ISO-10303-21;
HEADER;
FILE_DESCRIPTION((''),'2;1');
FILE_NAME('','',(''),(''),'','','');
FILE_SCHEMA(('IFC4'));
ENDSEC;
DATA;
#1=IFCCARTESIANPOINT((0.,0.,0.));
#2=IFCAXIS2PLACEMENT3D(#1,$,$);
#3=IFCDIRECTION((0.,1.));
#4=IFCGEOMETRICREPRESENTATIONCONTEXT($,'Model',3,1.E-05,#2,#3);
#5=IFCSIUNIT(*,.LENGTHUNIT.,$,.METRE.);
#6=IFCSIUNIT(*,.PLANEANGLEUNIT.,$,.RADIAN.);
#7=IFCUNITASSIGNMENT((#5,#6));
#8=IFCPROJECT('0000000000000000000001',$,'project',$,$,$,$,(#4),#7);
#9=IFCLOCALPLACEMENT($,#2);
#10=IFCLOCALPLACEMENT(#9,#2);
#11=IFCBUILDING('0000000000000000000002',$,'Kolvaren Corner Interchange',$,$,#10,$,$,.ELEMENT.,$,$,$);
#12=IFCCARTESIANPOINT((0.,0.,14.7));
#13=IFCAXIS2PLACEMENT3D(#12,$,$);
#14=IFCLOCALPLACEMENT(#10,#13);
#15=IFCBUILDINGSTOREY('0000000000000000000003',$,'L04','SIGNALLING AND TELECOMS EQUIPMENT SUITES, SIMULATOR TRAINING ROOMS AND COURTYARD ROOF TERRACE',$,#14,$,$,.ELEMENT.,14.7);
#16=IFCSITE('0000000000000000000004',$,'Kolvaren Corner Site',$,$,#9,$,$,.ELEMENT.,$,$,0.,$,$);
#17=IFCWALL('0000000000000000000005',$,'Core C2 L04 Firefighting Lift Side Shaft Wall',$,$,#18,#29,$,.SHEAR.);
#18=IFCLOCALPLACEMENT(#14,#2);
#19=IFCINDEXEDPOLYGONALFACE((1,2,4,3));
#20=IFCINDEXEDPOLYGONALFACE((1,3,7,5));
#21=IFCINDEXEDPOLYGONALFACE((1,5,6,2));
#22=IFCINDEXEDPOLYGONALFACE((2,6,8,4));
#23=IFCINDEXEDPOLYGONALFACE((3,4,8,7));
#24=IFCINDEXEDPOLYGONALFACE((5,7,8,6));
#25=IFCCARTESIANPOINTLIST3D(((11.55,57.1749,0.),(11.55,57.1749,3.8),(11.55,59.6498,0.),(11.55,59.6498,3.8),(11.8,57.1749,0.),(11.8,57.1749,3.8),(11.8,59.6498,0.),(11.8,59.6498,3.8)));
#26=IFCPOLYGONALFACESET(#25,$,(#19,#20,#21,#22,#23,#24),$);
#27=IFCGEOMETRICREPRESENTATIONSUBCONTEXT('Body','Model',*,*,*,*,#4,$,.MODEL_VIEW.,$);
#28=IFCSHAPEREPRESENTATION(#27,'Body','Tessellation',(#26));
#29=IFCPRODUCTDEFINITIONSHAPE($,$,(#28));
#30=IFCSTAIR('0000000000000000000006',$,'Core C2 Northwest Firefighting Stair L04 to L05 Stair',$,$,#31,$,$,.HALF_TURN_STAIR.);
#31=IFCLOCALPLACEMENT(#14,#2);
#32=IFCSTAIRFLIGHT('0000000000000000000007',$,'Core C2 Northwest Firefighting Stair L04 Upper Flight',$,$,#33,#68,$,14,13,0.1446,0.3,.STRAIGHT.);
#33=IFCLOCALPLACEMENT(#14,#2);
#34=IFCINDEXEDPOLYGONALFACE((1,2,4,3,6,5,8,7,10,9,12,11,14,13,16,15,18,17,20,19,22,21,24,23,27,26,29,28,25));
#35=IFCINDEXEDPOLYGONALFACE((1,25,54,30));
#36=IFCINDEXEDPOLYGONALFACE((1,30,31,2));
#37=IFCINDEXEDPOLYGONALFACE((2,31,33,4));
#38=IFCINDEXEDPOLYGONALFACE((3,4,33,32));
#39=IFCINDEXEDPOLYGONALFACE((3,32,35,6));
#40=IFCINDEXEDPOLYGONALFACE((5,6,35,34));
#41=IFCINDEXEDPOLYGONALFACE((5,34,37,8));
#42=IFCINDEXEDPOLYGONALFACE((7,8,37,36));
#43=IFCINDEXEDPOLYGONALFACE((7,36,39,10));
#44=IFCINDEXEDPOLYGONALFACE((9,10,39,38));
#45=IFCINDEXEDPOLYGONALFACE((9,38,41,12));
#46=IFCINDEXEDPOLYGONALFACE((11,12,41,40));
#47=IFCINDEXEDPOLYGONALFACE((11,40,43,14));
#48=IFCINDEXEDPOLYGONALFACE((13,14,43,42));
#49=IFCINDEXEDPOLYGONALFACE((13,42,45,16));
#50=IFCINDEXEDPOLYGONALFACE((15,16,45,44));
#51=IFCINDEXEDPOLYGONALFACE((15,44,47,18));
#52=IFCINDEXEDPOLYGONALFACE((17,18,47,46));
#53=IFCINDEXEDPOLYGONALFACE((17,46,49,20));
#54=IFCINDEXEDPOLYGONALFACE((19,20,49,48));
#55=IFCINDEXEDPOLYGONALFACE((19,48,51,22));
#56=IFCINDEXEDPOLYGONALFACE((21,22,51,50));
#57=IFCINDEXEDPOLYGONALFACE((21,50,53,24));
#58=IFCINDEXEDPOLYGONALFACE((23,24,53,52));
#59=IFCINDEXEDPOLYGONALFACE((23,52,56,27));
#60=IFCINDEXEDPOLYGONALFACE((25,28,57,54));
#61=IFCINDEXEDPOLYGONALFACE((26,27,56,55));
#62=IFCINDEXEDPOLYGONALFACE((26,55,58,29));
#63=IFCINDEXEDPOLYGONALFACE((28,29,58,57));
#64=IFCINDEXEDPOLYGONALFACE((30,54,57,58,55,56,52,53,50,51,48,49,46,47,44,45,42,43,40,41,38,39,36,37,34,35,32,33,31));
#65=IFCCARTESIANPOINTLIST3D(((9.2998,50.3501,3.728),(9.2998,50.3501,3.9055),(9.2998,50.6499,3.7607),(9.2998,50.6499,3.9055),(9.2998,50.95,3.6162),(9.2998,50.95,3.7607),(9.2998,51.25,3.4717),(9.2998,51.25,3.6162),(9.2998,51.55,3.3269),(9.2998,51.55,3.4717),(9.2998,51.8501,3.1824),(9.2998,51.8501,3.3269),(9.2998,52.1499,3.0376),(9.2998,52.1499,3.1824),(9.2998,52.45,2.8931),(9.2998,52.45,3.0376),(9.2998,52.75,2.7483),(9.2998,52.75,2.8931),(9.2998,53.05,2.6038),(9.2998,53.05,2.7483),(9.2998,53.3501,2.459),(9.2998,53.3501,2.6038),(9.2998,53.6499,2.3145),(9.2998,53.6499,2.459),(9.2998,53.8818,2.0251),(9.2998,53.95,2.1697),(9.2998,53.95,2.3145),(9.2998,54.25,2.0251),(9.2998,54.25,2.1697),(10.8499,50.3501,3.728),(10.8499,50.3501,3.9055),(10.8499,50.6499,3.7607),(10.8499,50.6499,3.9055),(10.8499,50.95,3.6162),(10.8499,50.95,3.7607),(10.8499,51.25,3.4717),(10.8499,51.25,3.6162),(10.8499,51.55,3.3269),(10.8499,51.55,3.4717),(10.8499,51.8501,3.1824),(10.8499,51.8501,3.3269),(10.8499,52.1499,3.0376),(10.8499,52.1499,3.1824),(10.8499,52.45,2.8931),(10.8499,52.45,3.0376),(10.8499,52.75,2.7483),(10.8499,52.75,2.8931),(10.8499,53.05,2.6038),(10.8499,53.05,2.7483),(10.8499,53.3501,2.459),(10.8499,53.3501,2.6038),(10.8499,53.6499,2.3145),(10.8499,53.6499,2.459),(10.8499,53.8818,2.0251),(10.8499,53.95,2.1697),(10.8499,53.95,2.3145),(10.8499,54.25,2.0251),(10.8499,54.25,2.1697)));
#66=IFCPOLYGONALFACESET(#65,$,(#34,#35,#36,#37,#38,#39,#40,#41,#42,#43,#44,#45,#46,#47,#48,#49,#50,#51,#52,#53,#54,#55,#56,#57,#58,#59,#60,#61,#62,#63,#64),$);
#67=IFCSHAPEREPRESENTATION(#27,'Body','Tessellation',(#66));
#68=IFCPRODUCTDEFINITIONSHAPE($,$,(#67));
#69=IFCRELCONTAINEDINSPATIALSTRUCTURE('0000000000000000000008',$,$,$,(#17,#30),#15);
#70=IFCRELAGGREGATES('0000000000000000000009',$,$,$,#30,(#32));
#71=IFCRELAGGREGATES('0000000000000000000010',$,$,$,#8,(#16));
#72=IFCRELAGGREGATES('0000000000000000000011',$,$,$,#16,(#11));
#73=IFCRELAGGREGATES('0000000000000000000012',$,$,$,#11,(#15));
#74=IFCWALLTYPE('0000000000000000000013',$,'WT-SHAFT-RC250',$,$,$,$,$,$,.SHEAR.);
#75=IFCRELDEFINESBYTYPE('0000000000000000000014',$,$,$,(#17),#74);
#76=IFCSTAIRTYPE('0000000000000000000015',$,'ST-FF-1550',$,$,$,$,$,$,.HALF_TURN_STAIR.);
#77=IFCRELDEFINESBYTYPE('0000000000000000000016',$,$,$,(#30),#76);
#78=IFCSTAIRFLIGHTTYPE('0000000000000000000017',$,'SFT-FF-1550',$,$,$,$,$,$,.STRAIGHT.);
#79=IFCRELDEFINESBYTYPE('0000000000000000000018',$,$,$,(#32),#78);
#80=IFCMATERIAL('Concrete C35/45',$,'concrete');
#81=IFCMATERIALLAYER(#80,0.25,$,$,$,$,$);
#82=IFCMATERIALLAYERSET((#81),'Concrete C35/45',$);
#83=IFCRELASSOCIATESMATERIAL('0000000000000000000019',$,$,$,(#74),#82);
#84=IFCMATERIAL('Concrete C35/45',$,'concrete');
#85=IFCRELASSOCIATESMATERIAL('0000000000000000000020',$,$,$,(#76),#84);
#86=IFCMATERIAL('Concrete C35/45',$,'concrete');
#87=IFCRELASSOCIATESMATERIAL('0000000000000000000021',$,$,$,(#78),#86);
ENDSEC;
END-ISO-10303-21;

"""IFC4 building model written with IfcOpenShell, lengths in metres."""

from ifc_helpers import new_model, si_unit, direction, frame, frame_2d, origin, place, context, subcontext, project, spatial, polyline, rectangle, outline, extrude, material, layer, layer_set, type_object, element, aggregate, save


model = new_model("IFC4")

# Units and contexts
model_context = context("Model", 3, precision=1e-05, world=origin(), true_north=direction((0.0, 1.0)))
body_context = subcontext(model_context, "Body", "Model", "MODEL_VIEW")
ifc_project = project(units=[si_unit("LENGTHUNIT", "METRE"), si_unit("PLANEANGLEUNIT", "RADIAN")], contexts=[model_context])

# Site, building, storey
site_placement = place(None, origin())
site = spatial("IfcSite", under=ifc_project, at=site_placement, Name="Kolvaren Corner Site", CompositionType="ELEMENT", RefElevation=0.0)
building_placement = place(site_placement, origin())
building = spatial("IfcBuilding", under=site, at=building_placement, Name="Kolvaren Corner Interchange", CompositionType="ELEMENT")
storey_placement = place(building_placement, frame((0.0, 0.0, 14.7)))
storey = spatial("IfcBuildingStorey", under=building, at=storey_placement, Name="L04", Description="SIGNALLING AND TELECOMS EQUIPMENT SUITES, SIMULATOR TRAINING ROOMS AND COURTYARD ROOF TERRACE", CompositionType="ELEMENT", Elevation=14.7)

# Shared definitions
ifc_material_1 = material(Name="Concrete C35/45", Category="concrete")
ifc_layer_1 = layer(ifc_material_1, 0.25)
ifc_layer_set_1 = layer_set([ifc_layer_1], Name="Concrete C35/45")
wall_type_1 = type_object("IfcWallType", Name="WT-SHAFT-RC250", PredefinedType="SHEAR", material=ifc_layer_set_1)

# Wall
wall_1_placement = place(storey_placement, frame((11.675, 57.175, 0.0), z_axis=(0.0, 0.0, 1.0), x_axis=(0.0, 1.0, 0.0)))
element("IfcWall", 1, at=wall_1_placement, inside=storey, type_object=wall_type_1, Name="Core C2 L04 Firefighting Lift Side Shaft Wall", PredefinedType="SHEAR", context=body_context, shape_type="SweptSolid", body=[
    extrude(rectangle(XDim=2.4749, YDim=0.25, at=frame_2d((1.2373, 0.0))), origin(), (0.0, 0.0, 1.0), 3.8),
])

# Stair, stair flight
ifc_material_2 = material(Name="Concrete C35/45", Category="concrete")
stair_type = type_object("IfcStairType", Name="ST-FF-1550", PredefinedType="HALF_TURN_STAIR", material=ifc_material_2)
stair_placement = place(storey_placement, origin())
stair = element("IfcStair", 2, at=stair_placement, inside=storey, type_object=stair_type, Name="Core C2 Northwest Firefighting Stair L04 to L05 Stair", PredefinedType="HALF_TURN_STAIR")
ifc_material_3 = material(Name="Concrete C35/45", Category="concrete")
stair_flight_type = type_object("IfcStairFlightType", Name="SFT-FF-1550", PredefinedType="STRAIGHT", material=ifc_material_3)
stair_flight_placement = place(storey_placement, frame((10.075, 54.25, 2.0251), z_axis=(0.0, 0.0, 1.0), x_axis=(0.0, -1.0, 0.0)))
stair_flight = element("IfcStairFlight", 3, at=stair_flight_placement, type_object=stair_flight_type, Name="Core C2 Northwest Firefighting Stair L04 Upper Flight", NumberOfRisers=14, NumberOfTreads=13, PredefinedType="STRAIGHT", RiserHeight=0.1446, TreadLength=0.3, context=body_context, shape_type="SweptSolid", body=[
    extrude(outline(polyline([(0.0, 0.0), (0.0, 0.1445), (0.3, 0.1445), (0.3, 0.2893), (0.6001, 0.2893), (0.6001, 0.4338), (0.8999, 0.4338), (0.8999, 0.5786), (1.2, 0.5786), (1.2, 0.7231), (1.5, 0.7231), (1.5, 0.8679), (1.8, 0.8679), (1.8, 1.0125), (2.1001, 1.0125), (2.1001, 1.1572), (2.3999, 1.1572), (2.3999, 1.3018), (2.7, 1.3018), (2.7, 1.4465), (3.0, 1.4465), (3.0, 1.5911), (3.3, 1.5911), (3.3, 1.7356), (3.6001, 1.7356), (3.6001, 1.8804), (3.8999, 1.8804), (3.8999, 2.0249), (3.8999, 1.7029), (0.3682, 0.0), (0.0, 0.0)])), frame((0.0, 0.7749, 0.0), z_axis=(0.0, -1.0, 0.0), x_axis=(1.0, 0.0, 0.0)), (0.0, 0.0, 1.0), 1.55),
])

aggregate(stair, [stair_flight])

save(model, "model.ifc")
